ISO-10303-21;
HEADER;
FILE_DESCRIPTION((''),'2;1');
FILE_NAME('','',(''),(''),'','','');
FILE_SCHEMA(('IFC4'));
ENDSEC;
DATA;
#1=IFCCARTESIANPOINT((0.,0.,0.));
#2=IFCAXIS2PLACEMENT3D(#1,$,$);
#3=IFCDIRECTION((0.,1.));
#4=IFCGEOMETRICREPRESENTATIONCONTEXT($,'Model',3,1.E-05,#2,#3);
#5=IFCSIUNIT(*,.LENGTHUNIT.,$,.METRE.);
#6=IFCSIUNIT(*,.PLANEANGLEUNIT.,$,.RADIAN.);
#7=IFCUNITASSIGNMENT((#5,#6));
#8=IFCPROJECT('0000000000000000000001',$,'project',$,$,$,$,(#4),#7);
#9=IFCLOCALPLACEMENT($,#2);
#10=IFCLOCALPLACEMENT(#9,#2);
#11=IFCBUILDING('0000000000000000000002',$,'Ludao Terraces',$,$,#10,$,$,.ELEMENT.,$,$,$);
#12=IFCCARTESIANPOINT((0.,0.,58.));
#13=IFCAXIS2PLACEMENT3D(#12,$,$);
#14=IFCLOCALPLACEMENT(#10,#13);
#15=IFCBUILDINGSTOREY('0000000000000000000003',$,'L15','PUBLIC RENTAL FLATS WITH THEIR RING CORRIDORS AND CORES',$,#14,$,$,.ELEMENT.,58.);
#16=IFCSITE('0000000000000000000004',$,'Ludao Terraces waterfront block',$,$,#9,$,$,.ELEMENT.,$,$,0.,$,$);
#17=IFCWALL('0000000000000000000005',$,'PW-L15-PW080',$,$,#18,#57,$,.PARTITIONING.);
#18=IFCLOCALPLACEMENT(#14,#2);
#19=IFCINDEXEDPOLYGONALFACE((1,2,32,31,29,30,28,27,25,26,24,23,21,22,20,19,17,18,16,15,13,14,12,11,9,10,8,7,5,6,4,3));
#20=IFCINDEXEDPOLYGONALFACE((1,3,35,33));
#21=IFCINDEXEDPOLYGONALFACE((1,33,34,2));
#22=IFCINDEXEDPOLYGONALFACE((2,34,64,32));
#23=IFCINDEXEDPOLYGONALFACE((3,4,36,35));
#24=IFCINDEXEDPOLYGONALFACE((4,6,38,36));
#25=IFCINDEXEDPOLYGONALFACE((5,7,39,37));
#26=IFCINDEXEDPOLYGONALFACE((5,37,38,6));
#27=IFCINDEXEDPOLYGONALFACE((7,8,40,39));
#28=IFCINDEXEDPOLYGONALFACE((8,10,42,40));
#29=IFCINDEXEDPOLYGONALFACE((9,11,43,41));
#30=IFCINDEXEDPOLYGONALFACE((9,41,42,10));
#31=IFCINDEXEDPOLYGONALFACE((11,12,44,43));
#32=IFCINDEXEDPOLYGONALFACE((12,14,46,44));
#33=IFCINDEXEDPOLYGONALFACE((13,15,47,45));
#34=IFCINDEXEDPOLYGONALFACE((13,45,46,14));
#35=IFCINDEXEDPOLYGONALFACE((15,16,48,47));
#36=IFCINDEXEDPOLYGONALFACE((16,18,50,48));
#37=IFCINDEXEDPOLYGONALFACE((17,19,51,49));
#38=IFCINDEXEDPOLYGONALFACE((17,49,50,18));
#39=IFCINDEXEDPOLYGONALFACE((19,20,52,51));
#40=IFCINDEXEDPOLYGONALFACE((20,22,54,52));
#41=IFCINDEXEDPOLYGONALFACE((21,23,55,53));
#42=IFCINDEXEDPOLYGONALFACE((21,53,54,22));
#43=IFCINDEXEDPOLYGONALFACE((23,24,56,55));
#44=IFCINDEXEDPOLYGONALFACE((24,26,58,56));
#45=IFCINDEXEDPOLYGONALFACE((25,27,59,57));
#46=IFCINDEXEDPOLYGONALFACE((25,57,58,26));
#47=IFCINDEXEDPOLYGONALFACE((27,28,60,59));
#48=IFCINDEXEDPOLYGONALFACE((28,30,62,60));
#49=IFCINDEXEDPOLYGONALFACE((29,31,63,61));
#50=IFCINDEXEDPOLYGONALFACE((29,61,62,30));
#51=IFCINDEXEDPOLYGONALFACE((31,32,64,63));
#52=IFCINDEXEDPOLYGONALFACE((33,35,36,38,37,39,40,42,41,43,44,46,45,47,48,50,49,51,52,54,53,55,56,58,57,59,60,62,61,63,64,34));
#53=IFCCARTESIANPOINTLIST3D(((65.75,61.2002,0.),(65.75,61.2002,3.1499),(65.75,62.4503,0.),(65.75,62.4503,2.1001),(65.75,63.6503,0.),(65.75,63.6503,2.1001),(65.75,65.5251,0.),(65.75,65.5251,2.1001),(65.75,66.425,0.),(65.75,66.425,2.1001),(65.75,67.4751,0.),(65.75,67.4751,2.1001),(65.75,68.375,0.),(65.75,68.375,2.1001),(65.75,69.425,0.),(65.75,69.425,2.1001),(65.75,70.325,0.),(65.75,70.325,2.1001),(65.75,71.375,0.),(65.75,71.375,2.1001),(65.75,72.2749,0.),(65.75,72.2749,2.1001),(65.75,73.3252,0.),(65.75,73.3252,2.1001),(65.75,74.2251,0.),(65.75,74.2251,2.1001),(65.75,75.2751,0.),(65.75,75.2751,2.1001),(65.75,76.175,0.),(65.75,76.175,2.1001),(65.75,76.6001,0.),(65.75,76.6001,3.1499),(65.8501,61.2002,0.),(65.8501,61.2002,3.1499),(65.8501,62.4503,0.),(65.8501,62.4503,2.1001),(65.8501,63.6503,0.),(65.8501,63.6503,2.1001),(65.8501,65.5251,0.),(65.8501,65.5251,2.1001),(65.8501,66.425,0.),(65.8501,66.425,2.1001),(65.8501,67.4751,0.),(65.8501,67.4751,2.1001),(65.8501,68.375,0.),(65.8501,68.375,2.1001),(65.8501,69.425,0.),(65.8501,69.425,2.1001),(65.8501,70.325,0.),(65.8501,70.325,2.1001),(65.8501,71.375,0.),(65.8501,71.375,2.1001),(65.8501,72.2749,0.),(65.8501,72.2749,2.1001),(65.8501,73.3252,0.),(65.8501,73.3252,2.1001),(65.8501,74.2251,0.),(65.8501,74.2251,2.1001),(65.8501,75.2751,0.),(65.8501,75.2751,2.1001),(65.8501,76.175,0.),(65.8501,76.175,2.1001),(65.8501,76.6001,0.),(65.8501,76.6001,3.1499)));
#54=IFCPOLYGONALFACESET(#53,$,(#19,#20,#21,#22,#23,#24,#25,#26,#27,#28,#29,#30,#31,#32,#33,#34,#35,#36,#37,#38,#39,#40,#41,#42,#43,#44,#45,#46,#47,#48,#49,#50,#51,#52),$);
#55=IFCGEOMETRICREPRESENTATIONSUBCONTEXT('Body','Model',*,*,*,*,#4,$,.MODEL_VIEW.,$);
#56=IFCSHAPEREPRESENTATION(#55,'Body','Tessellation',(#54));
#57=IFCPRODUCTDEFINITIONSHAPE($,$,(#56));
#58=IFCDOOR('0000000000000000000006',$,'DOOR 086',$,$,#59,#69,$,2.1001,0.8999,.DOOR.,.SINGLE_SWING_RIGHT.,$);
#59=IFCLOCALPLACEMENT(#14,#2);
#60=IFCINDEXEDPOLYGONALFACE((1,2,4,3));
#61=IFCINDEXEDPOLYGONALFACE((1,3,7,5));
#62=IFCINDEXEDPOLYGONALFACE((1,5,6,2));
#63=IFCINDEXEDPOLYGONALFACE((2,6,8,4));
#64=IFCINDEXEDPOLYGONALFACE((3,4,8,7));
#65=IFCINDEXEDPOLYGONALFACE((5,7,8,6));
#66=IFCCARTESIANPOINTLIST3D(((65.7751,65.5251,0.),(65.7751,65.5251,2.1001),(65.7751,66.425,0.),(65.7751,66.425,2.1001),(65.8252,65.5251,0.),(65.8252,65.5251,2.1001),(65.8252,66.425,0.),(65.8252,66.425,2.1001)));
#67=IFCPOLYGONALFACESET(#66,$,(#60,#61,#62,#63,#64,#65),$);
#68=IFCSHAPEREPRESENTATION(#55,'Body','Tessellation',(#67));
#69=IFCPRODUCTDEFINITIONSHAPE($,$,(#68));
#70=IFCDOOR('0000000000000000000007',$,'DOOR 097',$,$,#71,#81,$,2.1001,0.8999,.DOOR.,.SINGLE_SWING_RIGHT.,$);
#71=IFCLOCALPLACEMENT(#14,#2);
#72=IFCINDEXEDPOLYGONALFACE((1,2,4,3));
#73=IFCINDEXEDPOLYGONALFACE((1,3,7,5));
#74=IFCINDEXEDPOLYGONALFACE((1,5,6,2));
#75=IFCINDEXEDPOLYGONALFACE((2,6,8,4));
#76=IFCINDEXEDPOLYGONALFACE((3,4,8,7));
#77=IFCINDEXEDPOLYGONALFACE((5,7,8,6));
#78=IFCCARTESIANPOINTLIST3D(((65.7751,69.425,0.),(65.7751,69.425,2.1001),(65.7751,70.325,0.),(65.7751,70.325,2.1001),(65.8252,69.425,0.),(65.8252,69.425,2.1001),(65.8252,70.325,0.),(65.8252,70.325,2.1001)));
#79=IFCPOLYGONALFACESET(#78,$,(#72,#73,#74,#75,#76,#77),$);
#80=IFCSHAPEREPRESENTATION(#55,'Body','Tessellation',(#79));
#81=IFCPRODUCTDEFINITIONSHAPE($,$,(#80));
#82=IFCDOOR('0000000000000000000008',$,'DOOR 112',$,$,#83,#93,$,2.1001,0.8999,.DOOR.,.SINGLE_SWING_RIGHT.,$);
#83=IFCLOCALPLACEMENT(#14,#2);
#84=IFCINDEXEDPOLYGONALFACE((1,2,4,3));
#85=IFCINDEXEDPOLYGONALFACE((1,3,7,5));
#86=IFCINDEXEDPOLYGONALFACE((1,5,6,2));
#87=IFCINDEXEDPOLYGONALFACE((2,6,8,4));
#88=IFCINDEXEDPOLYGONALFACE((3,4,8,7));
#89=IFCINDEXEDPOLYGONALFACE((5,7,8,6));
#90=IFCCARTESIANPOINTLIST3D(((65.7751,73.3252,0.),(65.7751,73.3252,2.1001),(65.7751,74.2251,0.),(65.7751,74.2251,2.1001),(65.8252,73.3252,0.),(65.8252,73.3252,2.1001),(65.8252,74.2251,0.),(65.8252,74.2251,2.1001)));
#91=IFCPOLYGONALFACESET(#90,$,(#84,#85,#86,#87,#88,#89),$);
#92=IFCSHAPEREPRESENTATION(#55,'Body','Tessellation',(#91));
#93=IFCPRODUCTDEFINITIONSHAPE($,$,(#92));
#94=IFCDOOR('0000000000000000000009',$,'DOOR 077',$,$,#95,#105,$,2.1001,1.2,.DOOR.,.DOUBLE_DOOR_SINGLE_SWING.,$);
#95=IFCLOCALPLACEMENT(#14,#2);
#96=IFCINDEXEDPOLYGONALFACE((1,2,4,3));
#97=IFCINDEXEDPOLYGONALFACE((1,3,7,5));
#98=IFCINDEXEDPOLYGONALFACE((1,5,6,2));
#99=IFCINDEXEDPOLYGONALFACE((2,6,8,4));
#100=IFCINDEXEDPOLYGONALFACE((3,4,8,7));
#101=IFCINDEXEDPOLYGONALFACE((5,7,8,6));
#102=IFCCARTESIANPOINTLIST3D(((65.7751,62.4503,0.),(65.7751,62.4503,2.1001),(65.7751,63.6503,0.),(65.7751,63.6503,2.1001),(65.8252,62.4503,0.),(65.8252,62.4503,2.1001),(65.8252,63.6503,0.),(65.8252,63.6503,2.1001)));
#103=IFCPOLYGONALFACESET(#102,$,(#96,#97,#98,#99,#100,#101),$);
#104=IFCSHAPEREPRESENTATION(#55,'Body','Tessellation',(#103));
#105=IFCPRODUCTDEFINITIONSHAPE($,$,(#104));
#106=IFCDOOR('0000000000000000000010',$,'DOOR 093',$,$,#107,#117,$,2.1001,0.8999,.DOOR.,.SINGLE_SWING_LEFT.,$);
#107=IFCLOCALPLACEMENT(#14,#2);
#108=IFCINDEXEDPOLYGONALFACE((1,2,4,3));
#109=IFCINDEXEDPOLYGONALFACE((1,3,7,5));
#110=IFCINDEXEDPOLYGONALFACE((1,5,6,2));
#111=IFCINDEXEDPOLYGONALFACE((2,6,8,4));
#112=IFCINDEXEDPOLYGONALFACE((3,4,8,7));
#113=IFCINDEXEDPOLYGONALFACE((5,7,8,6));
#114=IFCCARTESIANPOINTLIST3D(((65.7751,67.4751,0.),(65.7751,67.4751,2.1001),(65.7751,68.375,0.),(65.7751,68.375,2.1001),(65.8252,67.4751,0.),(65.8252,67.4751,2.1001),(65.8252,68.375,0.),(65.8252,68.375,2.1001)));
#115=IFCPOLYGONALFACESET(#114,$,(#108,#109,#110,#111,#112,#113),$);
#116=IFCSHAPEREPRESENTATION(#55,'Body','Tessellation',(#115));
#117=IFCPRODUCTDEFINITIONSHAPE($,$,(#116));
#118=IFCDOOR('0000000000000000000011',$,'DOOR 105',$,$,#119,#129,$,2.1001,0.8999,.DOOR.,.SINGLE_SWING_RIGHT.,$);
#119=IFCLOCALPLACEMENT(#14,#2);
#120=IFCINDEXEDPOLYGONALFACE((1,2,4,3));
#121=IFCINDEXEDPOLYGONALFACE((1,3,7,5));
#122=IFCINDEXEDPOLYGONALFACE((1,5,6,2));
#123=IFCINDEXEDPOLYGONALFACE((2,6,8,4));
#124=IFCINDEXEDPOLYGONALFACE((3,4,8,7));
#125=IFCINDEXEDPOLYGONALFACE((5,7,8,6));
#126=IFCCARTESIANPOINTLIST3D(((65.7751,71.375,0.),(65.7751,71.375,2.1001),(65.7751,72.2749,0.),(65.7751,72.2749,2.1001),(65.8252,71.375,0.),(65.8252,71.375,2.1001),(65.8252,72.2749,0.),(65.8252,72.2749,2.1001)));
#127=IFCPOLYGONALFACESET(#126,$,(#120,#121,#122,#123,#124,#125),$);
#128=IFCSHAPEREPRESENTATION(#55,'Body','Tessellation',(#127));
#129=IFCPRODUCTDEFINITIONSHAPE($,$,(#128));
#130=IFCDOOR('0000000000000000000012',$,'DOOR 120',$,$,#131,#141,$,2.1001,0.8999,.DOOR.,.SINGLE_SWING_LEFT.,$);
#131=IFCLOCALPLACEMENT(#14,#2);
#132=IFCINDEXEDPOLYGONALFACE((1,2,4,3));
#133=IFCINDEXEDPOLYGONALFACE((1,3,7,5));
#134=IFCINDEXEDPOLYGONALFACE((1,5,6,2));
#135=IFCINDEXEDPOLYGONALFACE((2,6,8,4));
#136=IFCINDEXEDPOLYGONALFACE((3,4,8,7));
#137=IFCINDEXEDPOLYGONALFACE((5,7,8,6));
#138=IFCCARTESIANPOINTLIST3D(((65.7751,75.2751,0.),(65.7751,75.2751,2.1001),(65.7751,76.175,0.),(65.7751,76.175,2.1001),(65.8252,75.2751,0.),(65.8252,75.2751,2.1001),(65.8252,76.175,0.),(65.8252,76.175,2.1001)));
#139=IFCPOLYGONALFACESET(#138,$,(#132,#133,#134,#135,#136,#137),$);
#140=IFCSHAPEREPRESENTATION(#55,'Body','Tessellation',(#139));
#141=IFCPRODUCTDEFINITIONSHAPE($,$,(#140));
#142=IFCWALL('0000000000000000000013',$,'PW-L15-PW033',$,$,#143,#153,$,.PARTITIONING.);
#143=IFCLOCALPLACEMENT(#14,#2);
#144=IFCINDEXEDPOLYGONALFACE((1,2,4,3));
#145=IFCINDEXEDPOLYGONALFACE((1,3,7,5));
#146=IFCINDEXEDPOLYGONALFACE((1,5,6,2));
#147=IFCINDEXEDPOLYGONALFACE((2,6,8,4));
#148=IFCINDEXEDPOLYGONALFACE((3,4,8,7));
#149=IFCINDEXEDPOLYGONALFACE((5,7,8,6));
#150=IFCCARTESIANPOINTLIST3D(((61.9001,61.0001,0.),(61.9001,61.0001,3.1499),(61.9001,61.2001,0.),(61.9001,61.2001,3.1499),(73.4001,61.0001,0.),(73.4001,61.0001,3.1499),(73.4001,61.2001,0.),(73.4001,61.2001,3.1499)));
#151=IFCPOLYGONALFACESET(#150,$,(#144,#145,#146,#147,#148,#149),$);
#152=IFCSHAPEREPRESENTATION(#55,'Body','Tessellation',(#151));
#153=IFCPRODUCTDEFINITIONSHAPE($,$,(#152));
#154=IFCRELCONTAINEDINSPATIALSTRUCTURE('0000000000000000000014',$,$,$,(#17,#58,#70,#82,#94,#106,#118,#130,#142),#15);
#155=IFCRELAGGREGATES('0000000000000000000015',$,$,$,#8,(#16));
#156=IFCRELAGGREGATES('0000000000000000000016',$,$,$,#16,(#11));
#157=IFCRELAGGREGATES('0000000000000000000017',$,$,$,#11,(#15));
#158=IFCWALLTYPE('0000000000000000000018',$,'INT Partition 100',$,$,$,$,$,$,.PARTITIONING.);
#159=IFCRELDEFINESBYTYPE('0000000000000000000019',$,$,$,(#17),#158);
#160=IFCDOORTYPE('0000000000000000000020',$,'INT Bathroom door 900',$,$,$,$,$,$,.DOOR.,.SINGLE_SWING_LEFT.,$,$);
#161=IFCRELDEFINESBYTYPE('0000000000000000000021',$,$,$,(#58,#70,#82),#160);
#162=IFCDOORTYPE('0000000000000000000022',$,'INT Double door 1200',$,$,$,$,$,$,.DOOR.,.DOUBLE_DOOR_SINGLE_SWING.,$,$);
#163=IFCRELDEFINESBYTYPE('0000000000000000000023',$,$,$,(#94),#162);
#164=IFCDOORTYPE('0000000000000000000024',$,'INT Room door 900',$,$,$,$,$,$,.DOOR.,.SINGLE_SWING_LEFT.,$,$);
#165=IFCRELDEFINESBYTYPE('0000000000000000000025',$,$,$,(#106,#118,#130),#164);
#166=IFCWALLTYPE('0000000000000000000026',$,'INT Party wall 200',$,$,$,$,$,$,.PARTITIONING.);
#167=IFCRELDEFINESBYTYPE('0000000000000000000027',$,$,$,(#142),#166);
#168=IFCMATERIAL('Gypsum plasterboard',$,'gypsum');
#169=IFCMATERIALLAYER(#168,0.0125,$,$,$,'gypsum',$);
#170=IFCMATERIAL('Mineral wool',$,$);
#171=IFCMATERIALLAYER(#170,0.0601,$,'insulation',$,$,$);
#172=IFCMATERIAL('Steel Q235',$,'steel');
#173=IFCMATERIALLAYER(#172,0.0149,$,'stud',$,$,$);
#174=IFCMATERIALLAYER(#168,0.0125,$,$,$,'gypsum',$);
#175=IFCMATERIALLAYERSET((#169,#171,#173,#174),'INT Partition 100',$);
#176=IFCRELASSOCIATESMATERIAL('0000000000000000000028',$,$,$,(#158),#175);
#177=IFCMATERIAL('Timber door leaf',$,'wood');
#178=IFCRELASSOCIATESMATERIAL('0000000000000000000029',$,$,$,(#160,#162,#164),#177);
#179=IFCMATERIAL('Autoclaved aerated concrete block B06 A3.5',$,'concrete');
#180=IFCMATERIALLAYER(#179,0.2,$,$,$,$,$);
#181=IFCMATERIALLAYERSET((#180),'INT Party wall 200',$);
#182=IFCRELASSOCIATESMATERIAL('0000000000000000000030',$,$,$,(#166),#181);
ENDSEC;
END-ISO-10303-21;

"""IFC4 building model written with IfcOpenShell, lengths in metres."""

from ifc_helpers import new_model, si_unit, direction, frame, frame_2d, origin, place, context, subcontext, project, spatial, rectangle, extrude, material, layer, layer_set, type_object, element, fill, save


model = new_model("IFC4")

# Units and contexts
model_context = context("Model", 3, precision=1e-05, world=origin(), true_north=direction((0.0, 1.0)))
body_context = subcontext(model_context, "Body", "Model", "MODEL_VIEW")
ifc_project = project(units=[si_unit("LENGTHUNIT", "METRE"), si_unit("PLANEANGLEUNIT", "RADIAN")], contexts=[model_context])

# Site, building, storey
site_placement = place(None, origin())
site = spatial("IfcSite", under=ifc_project, at=site_placement, Name="Ludao Terraces waterfront block", CompositionType="ELEMENT", RefElevation=0.0)
building_placement = place(site_placement, origin())
building = spatial("IfcBuilding", under=site, at=building_placement, Name="Ludao Terraces", CompositionType="ELEMENT")
storey_placement = place(building_placement, frame((0.0, 0.0, 58.0)))
storey = spatial("IfcBuildingStorey", under=building, at=storey_placement, Name="L15", Description="PUBLIC RENTAL FLATS WITH THEIR RING CORRIDORS AND CORES", CompositionType="ELEMENT", Elevation=58.0)

# Shared definitions
ifc_material_1 = material(Name="Mineral wool")

# Shared definitions
ifc_material_2 = material(Name="Gypsum plasterboard", Category="gypsum")
ifc_layer_1 = layer(ifc_material_2, 0.0125, Category="gypsum")
ifc_layer_2 = layer(ifc_material_1, 0.0601, Name="insulation")
ifc_material_3 = material(Name="Steel Q235", Category="steel")
ifc_layer_3 = layer(ifc_material_3, 0.0149, Name="stud")
ifc_layer_4 = layer(ifc_material_2, 0.0125, Category="gypsum")
ifc_layer_set_1 = layer_set([ifc_layer_1, ifc_layer_2, ifc_layer_3, ifc_layer_4], Name="INT Partition 100")
wall_type_1 = type_object("IfcWallType", Name="INT Partition 100", PredefinedType="PARTITIONING", material=ifc_layer_set_1)

# Wall, openings, doors
wall_1_placement = place(storey_placement, frame((65.8, 61.2002, 0.0), z_axis=(0.0, 0.0, 1.0), x_axis=(0.0, 1.0, 0.0)))
wall_1 = element("IfcWall", 1, at=wall_1_placement, inside=storey, type_object=wall_type_1, Name="PW-L15-PW080", PredefinedType="PARTITIONING", context=body_context, shape_type="SweptSolid", body=[
    extrude(rectangle(XDim=15.3999, YDim=0.1001, at=frame_2d((7.7, 0.0))), origin(), (0.0, 0.0, 1.0), 3.1499),
])
opening_1_placement = place(wall_1_placement, frame((1.25, 0.0, 0.0)))
opening_1 = element("IfcOpeningElement", 2, at=opening_1_placement, cuts=wall_1, PredefinedType="OPENING", context=body_context, shape_type="SweptSolid", body=[
    extrude(rectangle(XDim=1.2, YDim=2.1001, at=frame_2d((0.6001, 1.05))), frame((0.0, 0.0601, 0.0), z_axis=(0.0, -1.0, 0.0), x_axis=(1.0, 0.0, 0.0)), (0.0, 0.0, 1.0), 0.1201),
])
opening_2_placement = place(wall_1_placement, frame((4.325, 0.0, 0.0)))
opening_2 = element("IfcOpeningElement", 3, at=opening_2_placement, cuts=wall_1, PredefinedType="OPENING", context=body_context, shape_type="SweptSolid", body=[
    extrude(rectangle(XDim=0.8999, YDim=2.1001, at=frame_2d((0.45, 1.05))), frame((0.0, 0.0601, 0.0), z_axis=(0.0, -1.0, 0.0), x_axis=(1.0, 0.0, 0.0)), (0.0, 0.0, 1.0), 0.1201),
])
opening_3_placement = place(wall_1_placement, frame((6.2749, 0.0, 0.0)))
opening_3 = element("IfcOpeningElement", 4, at=opening_3_placement, cuts=wall_1, PredefinedType="OPENING", context=body_context, shape_type="SweptSolid", body=[
    extrude(rectangle(XDim=0.8999, YDim=2.1001, at=frame_2d((0.45, 1.05))), frame((0.0, 0.0601, 0.0), z_axis=(0.0, -1.0, 0.0), x_axis=(1.0, 0.0, 0.0)), (0.0, 0.0, 1.0), 0.1201),
])
opening_4_placement = place(wall_1_placement, frame((8.2249, 0.0, 0.0)))
opening_4 = element("IfcOpeningElement", 5, at=opening_4_placement, cuts=wall_1, PredefinedType="OPENING", context=body_context, shape_type="SweptSolid", body=[
    extrude(rectangle(XDim=0.8999, YDim=2.1001, at=frame_2d((0.45, 1.05))), frame((0.0, 0.0601, 0.0), z_axis=(0.0, -1.0, 0.0), x_axis=(1.0, 0.0, 0.0)), (0.0, 0.0, 1.0), 0.1201),
])
opening_5_placement = place(wall_1_placement, frame((10.1748, 0.0, 0.0)))
opening_5 = element("IfcOpeningElement", 6, at=opening_5_placement, cuts=wall_1, PredefinedType="OPENING", context=body_context, shape_type="SweptSolid", body=[
    extrude(rectangle(XDim=0.8999, YDim=2.1001, at=frame_2d((0.45, 1.05))), frame((0.0, 0.0601, 0.0), z_axis=(0.0, -1.0, 0.0), x_axis=(1.0, 0.0, 0.0)), (0.0, 0.0, 1.0), 0.1201),
])
opening_6_placement = place(wall_1_placement, frame((12.125, 0.0, 0.0)))
opening_6 = element("IfcOpeningElement", 7, at=opening_6_placement, cuts=wall_1, PredefinedType="OPENING", context=body_context, shape_type="SweptSolid", body=[
    extrude(rectangle(XDim=0.8999, YDim=2.1001, at=frame_2d((0.45, 1.05))), frame((0.0, 0.0601, 0.0), z_axis=(0.0, -1.0, 0.0), x_axis=(1.0, 0.0, 0.0)), (0.0, 0.0, 1.0), 0.1201),
])
opening_7_placement = place(wall_1_placement, frame((14.075, 0.0, 0.0)))
opening_7 = element("IfcOpeningElement", 8, at=opening_7_placement, cuts=wall_1, PredefinedType="OPENING", context=body_context, shape_type="SweptSolid", body=[
    extrude(rectangle(XDim=0.8999, YDim=2.1001, at=frame_2d((0.45, 1.05))), frame((0.0, 0.0601, 0.0), z_axis=(0.0, -1.0, 0.0), x_axis=(1.0, 0.0, 0.0)), (0.0, 0.0, 1.0), 0.1201),
])
ifc_material_4 = material(Name="Timber door leaf", Category="wood")
door_type_1 = type_object("IfcDoorType", Name="INT Bathroom door 900", OperationType="SINGLE_SWING_LEFT", PredefinedType="DOOR", material=ifc_material_4)
door_1_placement = place(opening_2_placement, origin())
door_1 = element("IfcDoor", 9, at=door_1_placement, inside=storey, type_object=door_type_1, Name="DOOR 086", OperationType="SINGLE_SWING_RIGHT", OverallHeight=2.1001, OverallWidth=0.8999, PredefinedType="DOOR", context=body_context, shape_type="SweptSolid", body=[
    extrude(rectangle(XDim=0.8999, YDim=2.1001, at=frame_2d((0.45, 1.05))), frame((0.0, 0.0249, 0.0), z_axis=(0.0, -1.0, 0.0), x_axis=(1.0, 0.0, 0.0)), (0.0, 0.0, 1.0), 0.05),
])
fill(opening_2, door_1)
door_2_placement = place(opening_4_placement, origin())
door_2 = element("IfcDoor", 10, at=door_2_placement, inside=storey, type_object=door_type_1, Name="DOOR 097", OperationType="SINGLE_SWING_RIGHT", OverallHeight=2.1001, OverallWidth=0.8999, PredefinedType="DOOR", context=body_context, shape_type="SweptSolid", body=[
    extrude(rectangle(XDim=0.8999, YDim=2.1001, at=frame_2d((0.45, 1.05))), frame((0.0, 0.0249, 0.0), z_axis=(0.0, -1.0, 0.0), x_axis=(1.0, 0.0, 0.0)), (0.0, 0.0, 1.0), 0.05),
])
fill(opening_4, door_2)
door_3_placement = place(opening_6_placement, origin())
door_3 = element("IfcDoor", 11, at=door_3_placement, inside=storey, type_object=door_type_1, Name="DOOR 112", OperationType="SINGLE_SWING_RIGHT", OverallHeight=2.1001, OverallWidth=0.8999, PredefinedType="DOOR", context=body_context, shape_type="SweptSolid", body=[
    extrude(rectangle(XDim=0.8999, YDim=2.1001, at=frame_2d((0.45, 1.05))), frame((0.0, 0.0249, 0.0), z_axis=(0.0, -1.0, 0.0), x_axis=(1.0, 0.0, 0.0)), (0.0, 0.0, 1.0), 0.05),
])
fill(opening_6, door_3)
door_type_2 = type_object("IfcDoorType", Name="INT Double door 1200", OperationType="DOUBLE_DOOR_SINGLE_SWING", PredefinedType="DOOR", material=ifc_material_4)
door_4_placement = place(opening_1_placement, origin())
door_4 = element("IfcDoor", 12, at=door_4_placement, inside=storey, type_object=door_type_2, Name="DOOR 077", OperationType="DOUBLE_DOOR_SINGLE_SWING", OverallHeight=2.1001, OverallWidth=1.2, PredefinedType="DOOR", context=body_context, shape_type="SweptSolid", body=[
    extrude(rectangle(XDim=1.2, YDim=2.1001, at=frame_2d((0.6001, 1.05))), frame((0.0, 0.0249, 0.0), z_axis=(0.0, -1.0, 0.0), x_axis=(1.0, 0.0, 0.0)), (0.0, 0.0, 1.0), 0.05),
])
fill(opening_1, door_4)
door_type_3 = type_object("IfcDoorType", Name="INT Room door 900", OperationType="SINGLE_SWING_LEFT", PredefinedType="DOOR", material=ifc_material_4)
door_5_placement = place(opening_3_placement, origin())
door_5 = element("IfcDoor", 13, at=door_5_placement, inside=storey, type_object=door_type_3, Name="DOOR 093", OperationType="SINGLE_SWING_LEFT", OverallHeight=2.1001, OverallWidth=0.8999, PredefinedType="DOOR", context=body_context, shape_type="SweptSolid", body=[
    extrude(rectangle(XDim=0.8999, YDim=2.1001, at=frame_2d((0.45, 1.05))), frame((0.0, 0.0249, 0.0), z_axis=(0.0, -1.0, 0.0), x_axis=(1.0, 0.0, 0.0)), (0.0, 0.0, 1.0), 0.05),
])
fill(opening_3, door_5)
door_6_placement = place(opening_5_placement, origin())
door_6 = element("IfcDoor", 14, at=door_6_placement, inside=storey, type_object=door_type_3, Name="DOOR 105", OperationType="SINGLE_SWING_RIGHT", OverallHeight=2.1001, OverallWidth=0.8999, PredefinedType="DOOR", context=body_context, shape_type="SweptSolid", body=[
    extrude(rectangle(XDim=0.8999, YDim=2.1001, at=frame_2d((0.45, 1.05))), frame((0.0, 0.0249, 0.0), z_axis=(0.0, -1.0, 0.0), x_axis=(1.0, 0.0, 0.0)), (0.0, 0.0, 1.0), 0.05),
])
fill(opening_5, door_6)
door_7_placement = place(opening_7_placement, origin())
door_7 = element("IfcDoor", 15, at=door_7_placement, inside=storey, type_object=door_type_3, Name="DOOR 120", OperationType="SINGLE_SWING_LEFT", OverallHeight=2.1001, OverallWidth=0.8999, PredefinedType="DOOR", context=body_context, shape_type="SweptSolid", body=[
    extrude(rectangle(XDim=0.8999, YDim=2.1001, at=frame_2d((0.45, 1.05))), frame((0.0, 0.0249, 0.0), z_axis=(0.0, -1.0, 0.0), x_axis=(1.0, 0.0, 0.0)), (0.0, 0.0, 1.0), 0.05),
])
fill(opening_7, door_7)

# Wall
ifc_material_5 = material(Name="Autoclaved aerated concrete block B06 A3.5", Category="concrete")
ifc_layer_5 = layer(ifc_material_5, 0.2)
ifc_layer_set_2 = layer_set([ifc_layer_5], Name="INT Party wall 200")
wall_type_2 = type_object("IfcWallType", Name="INT Party wall 200", PredefinedType="PARTITIONING", material=ifc_layer_set_2)
wall_2_placement = place(storey_placement, frame((61.9001, 61.1001, 0.0), z_axis=(0.0, 0.0, 1.0), x_axis=(1.0, 0.0, 0.0)))
element("IfcWall", 16, at=wall_2_placement, inside=storey, type_object=wall_type_2, Name="PW-L15-PW033", PredefinedType="PARTITIONING", context=body_context, shape_type="SweptSolid", body=[
    extrude(rectangle(XDim=11.5, YDim=0.2, at=frame_2d((5.75, 0.0))), origin(), (0.0, 0.0, 1.0), 3.1499),
])

save(model, "model.ifc")
